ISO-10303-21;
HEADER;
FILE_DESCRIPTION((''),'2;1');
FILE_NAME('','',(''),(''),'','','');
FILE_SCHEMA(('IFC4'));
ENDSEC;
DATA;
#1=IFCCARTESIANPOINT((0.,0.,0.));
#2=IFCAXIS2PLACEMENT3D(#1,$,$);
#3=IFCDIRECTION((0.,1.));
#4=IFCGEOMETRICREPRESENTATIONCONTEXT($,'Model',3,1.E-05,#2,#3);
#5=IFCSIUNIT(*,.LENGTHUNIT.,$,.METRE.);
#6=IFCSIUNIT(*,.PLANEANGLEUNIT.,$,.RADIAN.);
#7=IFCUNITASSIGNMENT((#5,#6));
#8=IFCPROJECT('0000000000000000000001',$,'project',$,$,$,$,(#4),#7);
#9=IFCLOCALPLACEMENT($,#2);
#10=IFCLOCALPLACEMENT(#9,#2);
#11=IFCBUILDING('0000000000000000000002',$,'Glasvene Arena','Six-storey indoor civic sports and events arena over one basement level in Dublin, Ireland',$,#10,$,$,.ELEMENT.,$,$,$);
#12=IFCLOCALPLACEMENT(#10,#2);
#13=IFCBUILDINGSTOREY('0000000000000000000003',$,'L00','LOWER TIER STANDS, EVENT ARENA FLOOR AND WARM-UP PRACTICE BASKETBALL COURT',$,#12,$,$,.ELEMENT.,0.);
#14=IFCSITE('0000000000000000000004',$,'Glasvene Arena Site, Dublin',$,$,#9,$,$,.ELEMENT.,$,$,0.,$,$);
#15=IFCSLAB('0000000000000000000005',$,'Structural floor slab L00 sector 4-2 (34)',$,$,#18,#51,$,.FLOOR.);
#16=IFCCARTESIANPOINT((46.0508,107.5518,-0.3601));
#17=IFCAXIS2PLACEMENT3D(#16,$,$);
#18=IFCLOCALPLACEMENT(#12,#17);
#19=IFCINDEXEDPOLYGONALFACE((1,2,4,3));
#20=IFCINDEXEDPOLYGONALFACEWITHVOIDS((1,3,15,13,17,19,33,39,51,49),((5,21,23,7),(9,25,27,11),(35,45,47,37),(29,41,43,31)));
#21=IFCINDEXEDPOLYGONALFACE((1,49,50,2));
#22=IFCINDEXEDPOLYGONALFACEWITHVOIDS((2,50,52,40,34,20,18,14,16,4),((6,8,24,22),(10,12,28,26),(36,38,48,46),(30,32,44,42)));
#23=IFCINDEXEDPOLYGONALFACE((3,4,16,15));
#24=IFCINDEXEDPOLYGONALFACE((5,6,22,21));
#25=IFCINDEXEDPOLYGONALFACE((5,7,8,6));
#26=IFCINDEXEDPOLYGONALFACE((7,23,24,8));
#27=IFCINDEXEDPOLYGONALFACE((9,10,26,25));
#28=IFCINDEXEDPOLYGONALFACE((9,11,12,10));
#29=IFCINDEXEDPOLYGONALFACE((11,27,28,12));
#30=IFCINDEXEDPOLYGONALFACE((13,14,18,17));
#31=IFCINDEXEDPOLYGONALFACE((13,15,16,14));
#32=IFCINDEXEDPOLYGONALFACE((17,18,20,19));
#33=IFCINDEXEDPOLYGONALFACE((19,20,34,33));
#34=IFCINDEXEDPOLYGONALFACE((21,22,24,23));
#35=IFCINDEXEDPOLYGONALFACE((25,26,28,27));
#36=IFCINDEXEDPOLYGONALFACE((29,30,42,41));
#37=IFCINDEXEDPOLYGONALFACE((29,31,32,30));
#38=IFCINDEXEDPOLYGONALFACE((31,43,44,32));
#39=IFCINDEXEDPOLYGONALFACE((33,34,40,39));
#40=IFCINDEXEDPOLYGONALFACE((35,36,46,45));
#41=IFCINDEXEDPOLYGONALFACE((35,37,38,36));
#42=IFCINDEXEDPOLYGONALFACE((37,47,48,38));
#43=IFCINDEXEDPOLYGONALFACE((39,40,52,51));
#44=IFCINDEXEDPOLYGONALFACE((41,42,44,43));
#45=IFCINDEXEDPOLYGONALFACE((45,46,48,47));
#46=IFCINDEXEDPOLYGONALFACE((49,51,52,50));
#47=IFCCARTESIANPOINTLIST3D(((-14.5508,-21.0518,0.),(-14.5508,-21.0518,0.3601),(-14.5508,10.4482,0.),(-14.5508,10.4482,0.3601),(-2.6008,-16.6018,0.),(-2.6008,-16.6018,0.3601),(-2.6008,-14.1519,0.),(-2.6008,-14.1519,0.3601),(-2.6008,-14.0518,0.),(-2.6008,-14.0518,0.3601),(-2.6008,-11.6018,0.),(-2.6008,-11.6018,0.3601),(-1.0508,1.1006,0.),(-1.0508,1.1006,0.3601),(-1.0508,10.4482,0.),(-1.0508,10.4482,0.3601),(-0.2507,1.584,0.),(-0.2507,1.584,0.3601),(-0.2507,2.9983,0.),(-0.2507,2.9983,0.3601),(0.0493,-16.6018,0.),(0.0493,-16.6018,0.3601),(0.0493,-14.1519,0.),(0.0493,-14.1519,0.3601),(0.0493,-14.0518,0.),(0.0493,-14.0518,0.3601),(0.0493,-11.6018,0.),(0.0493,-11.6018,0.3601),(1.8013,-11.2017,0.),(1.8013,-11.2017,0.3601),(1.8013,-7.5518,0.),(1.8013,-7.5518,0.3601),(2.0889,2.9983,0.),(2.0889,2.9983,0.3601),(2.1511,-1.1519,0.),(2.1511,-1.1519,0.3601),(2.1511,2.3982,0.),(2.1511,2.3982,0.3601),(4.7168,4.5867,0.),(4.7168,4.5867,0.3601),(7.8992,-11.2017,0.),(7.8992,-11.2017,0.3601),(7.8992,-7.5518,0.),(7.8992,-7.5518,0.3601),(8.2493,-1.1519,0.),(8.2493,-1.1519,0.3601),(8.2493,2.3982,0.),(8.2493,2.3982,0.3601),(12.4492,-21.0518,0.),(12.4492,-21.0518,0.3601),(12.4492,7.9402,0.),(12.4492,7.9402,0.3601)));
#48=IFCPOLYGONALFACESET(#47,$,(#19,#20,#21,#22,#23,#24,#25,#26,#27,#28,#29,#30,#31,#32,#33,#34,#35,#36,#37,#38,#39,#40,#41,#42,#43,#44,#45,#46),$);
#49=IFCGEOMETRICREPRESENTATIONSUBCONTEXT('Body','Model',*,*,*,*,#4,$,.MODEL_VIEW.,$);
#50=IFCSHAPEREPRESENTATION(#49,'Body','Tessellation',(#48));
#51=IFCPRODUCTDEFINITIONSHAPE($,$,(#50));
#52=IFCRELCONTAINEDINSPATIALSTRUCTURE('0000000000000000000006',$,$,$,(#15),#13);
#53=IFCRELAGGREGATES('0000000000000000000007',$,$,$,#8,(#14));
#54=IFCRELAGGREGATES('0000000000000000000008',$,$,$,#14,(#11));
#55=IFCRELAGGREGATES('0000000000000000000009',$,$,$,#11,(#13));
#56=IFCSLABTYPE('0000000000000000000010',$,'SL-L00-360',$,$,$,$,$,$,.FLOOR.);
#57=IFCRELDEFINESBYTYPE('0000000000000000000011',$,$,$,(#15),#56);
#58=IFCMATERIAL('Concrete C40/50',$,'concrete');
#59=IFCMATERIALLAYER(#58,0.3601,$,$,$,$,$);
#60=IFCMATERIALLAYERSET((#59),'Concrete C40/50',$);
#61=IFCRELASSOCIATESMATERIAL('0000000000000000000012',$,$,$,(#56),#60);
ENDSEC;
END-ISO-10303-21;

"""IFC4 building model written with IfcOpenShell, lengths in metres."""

from ifc_helpers import new_model, si_unit, direction, frame, origin, place, context, subcontext, project, spatial, polyline, outline, extrude, material, layer, layer_set, type_object, element, save


model = new_model("IFC4")

# Units and contexts
model_context = context("Model", 3, precision=1e-05, world=origin(), true_north=direction((0.0, 1.0)))
body_context = subcontext(model_context, "Body", "Model", "MODEL_VIEW")
ifc_project = project(units=[si_unit("LENGTHUNIT", "METRE"), si_unit("PLANEANGLEUNIT", "RADIAN")], contexts=[model_context])

# Site, building, storey
site_placement = place(None, origin())
site = spatial("IfcSite", under=ifc_project, at=site_placement, Name="Glasvene Arena Site, Dublin", CompositionType="ELEMENT", RefElevation=0.0)
building_placement = place(site_placement, origin())
building = spatial("IfcBuilding", under=site, at=building_placement, Name="Glasvene Arena", Description="Six-storey indoor civic sports and events arena over one basement level in Dublin, Ireland", CompositionType="ELEMENT")
storey_placement = place(building_placement, origin())
storey = spatial("IfcBuildingStorey", under=building, at=storey_placement, Name="L00", Description="LOWER TIER STANDS, EVENT ARENA FLOOR AND WARM-UP PRACTICE BASKETBALL COURT", CompositionType="ELEMENT", Elevation=0.0)

# Slab
ifc_material_1 = material(Name="Concrete C40/50", Category="concrete")
ifc_layer_1 = layer(ifc_material_1, 0.3601)
ifc_layer_set_1 = layer_set([ifc_layer_1], Name="Concrete C40/50")
slab_type_1 = type_object("IfcSlabType", Name="SL-L00-360", PredefinedType="FLOOR", material=ifc_layer_set_1)
slab_1_placement = place(storey_placement, frame((46.0508, 107.5518, -0.3601)))
element("IfcSlab", 1, at=slab_1_placement, inside=storey, type_object=slab_type_1, Name="Structural floor slab L00 sector 4-2 (34)", PredefinedType="FLOOR", context=body_context, shape_type="SweptSolid", body=[
    extrude(outline(polyline([(-1.0508, 1.1006), (-0.2507, 1.584), (-0.2507, 2.9983), (2.0889, 2.9983), (4.7168, 4.5867), (12.4492, 7.9402), (12.4492, -21.0518), (-14.5508, -21.0518), (-14.5508, 10.4482), (-1.0508, 10.4482), (-1.0508, 1.1006)]), holes=[polyline([(0.0493, -16.6018), (0.0493, -14.1519), (-2.6008, -14.1519), (-2.6008, -16.6018), (0.0493, -16.6018)]), polyline([(0.0493, -14.0518), (0.0493, -11.6018), (-2.6008, -11.6018), (-2.6008, -14.0518), (0.0493, -14.0518)]), polyline([(7.8992, -11.2017), (7.8992, -7.5518), (1.8013, -7.5518), (1.8013, -11.2017), (7.8992, -11.2017)]), polyline([(2.1511, -1.1519), (8.2493, -1.1519), (8.2493, 2.3982), (2.1511, 2.3982), (2.1511, -1.1519)])]), origin(), (0.0, 0.0, 1.0), 0.3601),
])

save(model, "model.ifc")
